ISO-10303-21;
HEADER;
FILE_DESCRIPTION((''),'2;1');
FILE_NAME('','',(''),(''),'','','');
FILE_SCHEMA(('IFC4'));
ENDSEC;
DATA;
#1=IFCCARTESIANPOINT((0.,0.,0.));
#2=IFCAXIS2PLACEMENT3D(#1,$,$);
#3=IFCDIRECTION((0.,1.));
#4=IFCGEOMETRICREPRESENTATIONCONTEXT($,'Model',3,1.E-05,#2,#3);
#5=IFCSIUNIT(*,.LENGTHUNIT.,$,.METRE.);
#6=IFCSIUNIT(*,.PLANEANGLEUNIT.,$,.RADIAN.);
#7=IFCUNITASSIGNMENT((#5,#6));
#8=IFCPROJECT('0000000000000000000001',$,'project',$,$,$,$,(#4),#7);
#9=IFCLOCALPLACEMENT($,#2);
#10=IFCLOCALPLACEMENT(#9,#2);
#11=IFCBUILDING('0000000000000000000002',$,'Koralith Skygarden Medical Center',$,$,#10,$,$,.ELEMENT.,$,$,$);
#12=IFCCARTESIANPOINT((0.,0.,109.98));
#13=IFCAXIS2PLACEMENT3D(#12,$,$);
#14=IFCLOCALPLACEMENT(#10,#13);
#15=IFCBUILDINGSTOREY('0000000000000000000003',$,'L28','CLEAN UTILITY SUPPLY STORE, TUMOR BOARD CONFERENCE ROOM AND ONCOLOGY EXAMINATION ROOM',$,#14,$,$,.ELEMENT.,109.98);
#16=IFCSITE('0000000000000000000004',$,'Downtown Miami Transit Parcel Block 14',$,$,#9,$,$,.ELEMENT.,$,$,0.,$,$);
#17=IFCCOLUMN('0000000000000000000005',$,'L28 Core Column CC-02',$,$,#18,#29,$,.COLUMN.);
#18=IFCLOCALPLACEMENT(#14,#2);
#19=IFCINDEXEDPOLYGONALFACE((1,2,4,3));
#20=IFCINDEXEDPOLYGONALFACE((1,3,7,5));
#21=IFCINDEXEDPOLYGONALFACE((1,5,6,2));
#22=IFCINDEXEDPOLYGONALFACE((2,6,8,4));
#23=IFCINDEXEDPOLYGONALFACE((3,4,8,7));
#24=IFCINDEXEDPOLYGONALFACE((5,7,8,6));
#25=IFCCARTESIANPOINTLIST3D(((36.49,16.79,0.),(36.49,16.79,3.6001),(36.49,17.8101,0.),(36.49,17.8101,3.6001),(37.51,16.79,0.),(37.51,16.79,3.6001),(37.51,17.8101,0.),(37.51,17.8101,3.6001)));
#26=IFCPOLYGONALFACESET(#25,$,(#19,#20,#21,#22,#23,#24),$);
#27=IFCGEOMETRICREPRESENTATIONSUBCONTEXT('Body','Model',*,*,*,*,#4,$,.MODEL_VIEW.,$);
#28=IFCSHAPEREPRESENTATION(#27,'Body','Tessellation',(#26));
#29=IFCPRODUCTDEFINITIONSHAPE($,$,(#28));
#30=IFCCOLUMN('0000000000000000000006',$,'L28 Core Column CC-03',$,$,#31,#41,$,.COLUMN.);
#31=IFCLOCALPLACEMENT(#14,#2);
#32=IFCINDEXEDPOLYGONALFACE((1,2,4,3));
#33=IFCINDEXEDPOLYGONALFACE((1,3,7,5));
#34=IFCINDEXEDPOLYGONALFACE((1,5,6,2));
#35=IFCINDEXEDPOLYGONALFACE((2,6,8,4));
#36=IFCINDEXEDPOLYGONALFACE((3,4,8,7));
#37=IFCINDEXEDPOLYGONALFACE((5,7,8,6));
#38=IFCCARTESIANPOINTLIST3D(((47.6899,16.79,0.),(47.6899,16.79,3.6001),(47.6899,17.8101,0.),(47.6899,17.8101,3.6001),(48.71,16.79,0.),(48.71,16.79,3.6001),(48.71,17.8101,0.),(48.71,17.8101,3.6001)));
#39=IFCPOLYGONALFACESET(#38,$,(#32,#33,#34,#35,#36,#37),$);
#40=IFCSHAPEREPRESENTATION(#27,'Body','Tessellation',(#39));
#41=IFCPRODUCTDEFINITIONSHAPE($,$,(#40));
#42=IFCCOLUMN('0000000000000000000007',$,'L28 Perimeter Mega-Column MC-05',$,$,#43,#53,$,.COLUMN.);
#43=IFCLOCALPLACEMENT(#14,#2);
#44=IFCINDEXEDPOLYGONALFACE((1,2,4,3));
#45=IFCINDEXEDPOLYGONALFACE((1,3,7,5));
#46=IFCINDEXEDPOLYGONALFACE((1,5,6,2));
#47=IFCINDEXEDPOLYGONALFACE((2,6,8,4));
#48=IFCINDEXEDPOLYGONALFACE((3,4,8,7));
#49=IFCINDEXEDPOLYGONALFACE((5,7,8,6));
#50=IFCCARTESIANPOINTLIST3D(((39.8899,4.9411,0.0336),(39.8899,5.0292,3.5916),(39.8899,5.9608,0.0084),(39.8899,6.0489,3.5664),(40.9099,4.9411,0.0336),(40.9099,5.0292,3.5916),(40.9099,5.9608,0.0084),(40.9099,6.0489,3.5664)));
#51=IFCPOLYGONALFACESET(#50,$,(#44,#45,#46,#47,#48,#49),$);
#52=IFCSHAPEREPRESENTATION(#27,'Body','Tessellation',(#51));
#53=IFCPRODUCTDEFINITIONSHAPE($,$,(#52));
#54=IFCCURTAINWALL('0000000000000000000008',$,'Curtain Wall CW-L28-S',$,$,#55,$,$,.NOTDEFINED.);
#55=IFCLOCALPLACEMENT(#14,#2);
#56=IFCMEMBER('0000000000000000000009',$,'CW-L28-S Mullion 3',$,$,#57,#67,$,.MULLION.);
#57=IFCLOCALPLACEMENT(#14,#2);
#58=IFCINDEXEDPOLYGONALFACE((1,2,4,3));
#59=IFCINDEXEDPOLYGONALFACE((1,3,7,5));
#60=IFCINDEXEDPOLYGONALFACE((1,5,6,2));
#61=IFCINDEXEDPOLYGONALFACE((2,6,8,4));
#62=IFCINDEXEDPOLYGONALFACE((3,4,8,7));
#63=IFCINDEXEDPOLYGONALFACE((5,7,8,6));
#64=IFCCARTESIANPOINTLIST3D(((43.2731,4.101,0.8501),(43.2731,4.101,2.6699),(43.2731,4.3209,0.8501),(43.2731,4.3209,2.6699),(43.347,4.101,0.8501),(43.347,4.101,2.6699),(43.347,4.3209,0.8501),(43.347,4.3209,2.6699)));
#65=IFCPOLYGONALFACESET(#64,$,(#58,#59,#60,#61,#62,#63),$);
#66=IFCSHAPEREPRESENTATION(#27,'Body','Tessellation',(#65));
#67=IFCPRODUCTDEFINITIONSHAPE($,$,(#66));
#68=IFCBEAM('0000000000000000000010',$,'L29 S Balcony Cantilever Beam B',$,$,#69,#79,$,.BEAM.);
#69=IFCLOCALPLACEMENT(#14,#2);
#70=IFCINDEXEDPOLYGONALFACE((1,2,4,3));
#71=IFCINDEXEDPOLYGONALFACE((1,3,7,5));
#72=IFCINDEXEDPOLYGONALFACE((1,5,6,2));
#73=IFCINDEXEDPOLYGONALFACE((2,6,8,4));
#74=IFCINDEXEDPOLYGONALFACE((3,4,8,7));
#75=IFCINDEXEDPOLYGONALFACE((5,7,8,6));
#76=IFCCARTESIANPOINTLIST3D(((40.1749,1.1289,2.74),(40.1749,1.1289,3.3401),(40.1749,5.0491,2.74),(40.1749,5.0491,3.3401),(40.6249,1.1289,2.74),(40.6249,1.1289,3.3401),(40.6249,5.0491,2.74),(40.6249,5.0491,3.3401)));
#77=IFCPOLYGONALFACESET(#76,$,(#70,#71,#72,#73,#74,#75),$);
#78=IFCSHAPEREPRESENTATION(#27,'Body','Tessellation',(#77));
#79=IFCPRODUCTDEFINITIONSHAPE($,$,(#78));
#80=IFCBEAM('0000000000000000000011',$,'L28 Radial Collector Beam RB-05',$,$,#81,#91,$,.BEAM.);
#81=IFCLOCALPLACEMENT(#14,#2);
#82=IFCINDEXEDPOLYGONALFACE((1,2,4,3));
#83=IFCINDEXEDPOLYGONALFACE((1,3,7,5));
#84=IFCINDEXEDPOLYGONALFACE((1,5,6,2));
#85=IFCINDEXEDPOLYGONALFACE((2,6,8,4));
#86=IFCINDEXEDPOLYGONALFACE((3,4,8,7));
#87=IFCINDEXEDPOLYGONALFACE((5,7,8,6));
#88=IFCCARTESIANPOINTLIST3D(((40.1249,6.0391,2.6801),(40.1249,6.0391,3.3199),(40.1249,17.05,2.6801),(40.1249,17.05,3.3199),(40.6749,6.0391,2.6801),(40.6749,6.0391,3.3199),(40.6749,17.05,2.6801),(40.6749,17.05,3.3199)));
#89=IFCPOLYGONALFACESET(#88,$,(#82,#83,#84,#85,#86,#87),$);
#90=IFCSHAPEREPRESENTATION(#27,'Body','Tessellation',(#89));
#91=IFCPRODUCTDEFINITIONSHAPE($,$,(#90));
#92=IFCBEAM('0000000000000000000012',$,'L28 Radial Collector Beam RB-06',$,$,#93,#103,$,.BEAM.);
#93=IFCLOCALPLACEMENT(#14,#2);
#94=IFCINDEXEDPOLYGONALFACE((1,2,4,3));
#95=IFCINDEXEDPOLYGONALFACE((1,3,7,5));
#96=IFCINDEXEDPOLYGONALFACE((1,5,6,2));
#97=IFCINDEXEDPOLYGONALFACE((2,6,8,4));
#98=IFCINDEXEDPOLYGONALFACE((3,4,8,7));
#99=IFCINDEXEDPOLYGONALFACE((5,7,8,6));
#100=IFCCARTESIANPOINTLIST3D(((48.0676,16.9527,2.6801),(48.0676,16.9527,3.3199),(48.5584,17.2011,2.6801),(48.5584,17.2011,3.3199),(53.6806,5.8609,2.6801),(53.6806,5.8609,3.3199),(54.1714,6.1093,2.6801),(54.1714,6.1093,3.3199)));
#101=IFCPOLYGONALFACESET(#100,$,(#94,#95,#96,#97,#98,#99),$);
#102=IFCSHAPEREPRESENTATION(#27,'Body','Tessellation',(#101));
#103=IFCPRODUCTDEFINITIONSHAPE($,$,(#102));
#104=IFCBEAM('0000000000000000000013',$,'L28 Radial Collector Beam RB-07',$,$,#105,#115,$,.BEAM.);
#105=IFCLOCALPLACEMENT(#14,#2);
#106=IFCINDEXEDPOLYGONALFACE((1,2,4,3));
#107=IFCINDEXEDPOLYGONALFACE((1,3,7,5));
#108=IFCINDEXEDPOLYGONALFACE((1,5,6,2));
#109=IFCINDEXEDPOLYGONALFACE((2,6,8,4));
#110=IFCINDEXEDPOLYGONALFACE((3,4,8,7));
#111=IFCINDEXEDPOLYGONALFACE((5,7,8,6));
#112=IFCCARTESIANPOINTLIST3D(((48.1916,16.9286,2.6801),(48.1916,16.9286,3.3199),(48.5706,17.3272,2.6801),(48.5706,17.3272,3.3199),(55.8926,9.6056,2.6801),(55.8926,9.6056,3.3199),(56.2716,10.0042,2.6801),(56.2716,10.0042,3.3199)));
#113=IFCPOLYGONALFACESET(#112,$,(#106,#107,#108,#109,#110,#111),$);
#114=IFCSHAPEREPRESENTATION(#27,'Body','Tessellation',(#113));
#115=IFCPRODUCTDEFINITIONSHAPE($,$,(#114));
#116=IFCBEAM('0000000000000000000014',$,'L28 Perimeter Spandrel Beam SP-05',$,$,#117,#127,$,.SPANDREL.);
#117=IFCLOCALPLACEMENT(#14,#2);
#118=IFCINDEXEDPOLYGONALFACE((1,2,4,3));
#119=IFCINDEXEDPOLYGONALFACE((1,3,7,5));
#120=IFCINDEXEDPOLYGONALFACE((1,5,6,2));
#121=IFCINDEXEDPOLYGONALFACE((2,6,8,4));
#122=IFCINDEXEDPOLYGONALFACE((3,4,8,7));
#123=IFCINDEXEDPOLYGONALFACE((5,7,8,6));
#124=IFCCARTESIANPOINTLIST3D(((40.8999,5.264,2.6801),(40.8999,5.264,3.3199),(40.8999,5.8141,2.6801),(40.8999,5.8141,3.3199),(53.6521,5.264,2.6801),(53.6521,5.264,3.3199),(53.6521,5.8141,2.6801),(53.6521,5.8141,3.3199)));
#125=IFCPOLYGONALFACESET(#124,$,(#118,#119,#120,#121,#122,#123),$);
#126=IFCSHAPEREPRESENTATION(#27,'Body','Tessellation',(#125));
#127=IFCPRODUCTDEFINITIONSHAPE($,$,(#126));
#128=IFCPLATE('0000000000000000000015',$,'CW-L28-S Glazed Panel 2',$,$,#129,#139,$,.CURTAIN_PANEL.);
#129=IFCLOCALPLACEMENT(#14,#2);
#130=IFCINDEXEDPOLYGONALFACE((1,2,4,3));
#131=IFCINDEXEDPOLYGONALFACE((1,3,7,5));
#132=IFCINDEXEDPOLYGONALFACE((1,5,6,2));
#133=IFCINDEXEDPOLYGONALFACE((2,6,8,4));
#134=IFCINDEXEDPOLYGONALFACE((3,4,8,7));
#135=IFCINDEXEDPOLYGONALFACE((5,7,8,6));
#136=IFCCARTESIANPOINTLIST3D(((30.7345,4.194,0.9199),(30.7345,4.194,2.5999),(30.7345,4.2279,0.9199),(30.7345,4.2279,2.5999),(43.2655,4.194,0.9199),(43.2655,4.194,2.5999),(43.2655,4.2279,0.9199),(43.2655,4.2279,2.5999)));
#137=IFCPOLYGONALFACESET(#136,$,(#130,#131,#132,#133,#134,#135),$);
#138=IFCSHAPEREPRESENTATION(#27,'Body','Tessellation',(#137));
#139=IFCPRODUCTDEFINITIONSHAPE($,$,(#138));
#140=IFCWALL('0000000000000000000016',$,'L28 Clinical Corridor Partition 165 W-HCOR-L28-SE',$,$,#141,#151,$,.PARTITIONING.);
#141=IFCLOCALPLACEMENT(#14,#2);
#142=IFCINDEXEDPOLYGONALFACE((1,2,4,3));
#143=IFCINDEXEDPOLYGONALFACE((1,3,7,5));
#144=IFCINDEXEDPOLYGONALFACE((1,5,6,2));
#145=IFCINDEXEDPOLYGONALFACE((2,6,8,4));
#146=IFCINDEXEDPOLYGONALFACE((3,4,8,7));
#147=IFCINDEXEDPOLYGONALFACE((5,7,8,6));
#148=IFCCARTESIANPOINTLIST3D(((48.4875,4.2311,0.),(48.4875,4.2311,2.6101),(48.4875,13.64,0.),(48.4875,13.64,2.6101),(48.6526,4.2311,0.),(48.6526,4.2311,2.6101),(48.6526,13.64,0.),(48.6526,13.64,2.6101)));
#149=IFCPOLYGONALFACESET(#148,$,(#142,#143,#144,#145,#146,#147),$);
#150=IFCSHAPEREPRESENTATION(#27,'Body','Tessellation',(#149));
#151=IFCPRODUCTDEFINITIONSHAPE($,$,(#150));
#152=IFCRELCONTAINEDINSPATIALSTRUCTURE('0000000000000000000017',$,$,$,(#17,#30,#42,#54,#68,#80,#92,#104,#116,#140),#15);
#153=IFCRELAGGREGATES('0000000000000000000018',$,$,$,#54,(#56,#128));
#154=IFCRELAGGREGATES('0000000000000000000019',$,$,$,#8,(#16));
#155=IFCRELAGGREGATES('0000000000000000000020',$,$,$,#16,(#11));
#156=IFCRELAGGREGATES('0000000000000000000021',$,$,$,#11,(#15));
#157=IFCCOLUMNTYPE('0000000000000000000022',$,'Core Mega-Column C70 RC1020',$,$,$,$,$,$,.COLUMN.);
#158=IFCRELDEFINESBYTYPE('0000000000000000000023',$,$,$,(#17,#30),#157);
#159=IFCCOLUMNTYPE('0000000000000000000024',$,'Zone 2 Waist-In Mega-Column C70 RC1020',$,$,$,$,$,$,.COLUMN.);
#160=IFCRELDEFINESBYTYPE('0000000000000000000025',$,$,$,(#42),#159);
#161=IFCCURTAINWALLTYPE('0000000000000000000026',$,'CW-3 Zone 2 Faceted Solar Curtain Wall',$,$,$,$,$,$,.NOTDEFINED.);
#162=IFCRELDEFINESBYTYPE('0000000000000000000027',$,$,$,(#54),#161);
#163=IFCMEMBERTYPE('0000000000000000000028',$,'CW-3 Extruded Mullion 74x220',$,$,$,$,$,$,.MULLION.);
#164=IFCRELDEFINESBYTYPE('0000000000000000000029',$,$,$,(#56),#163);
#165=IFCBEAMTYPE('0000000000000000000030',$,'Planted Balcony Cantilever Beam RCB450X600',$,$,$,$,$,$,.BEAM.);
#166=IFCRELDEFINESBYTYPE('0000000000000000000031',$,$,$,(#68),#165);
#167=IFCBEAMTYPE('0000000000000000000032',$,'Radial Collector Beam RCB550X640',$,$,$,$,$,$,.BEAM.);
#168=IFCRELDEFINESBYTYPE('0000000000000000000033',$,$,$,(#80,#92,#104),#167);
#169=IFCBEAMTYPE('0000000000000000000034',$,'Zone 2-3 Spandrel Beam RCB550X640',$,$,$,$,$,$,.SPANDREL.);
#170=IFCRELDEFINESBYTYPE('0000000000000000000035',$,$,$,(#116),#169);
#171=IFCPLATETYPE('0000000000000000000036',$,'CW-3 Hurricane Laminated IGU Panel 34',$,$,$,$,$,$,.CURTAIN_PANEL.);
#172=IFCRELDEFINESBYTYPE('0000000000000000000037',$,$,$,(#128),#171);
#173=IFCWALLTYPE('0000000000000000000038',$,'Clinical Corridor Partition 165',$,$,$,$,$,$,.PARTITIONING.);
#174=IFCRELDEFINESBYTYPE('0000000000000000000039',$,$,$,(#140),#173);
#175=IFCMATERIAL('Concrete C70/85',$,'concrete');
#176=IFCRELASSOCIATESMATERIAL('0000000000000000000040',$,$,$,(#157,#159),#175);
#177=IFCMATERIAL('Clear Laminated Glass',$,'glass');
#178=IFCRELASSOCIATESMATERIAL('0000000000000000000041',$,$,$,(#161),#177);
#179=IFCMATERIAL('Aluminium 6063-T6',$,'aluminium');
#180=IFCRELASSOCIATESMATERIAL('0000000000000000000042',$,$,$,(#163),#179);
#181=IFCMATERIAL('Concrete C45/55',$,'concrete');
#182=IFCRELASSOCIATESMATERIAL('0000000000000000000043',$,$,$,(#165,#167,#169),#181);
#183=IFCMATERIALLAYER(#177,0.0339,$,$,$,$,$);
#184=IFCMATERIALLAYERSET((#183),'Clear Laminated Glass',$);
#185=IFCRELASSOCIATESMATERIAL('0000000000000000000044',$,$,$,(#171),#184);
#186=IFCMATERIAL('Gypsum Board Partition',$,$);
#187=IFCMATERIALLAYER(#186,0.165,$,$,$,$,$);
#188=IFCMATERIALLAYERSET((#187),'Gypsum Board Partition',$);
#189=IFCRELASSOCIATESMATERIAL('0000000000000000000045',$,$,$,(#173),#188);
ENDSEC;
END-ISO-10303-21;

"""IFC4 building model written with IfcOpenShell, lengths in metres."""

from ifc_helpers import new_model, si_unit, direction, frame, frame_2d, origin, origin_2d, place, context, subcontext, project, spatial, rectangle, extrude, material, layer, layer_set, material_profile, profile_set, type_object, element, aggregate, save


model = new_model("IFC4")

# Units and contexts
model_context = context("Model", 3, precision=1e-05, world=origin(), true_north=direction((0.0, 1.0)))
body_context = subcontext(model_context, "Body", "Model", "MODEL_VIEW")
ifc_project = project(units=[si_unit("LENGTHUNIT", "METRE"), si_unit("PLANEANGLEUNIT", "RADIAN")], contexts=[model_context])

# Site, building, storey
site_placement = place(None, origin())
site = spatial("IfcSite", under=ifc_project, at=site_placement, Name="Downtown Miami Transit Parcel Block 14", CompositionType="ELEMENT", RefElevation=0.0)
building_placement = place(site_placement, origin())
building = spatial("IfcBuilding", under=site, at=building_placement, Name="Koralith Skygarden Medical Center", CompositionType="ELEMENT")
storey_placement = place(building_placement, frame((0.0, 0.0, 109.98)))
storey = spatial("IfcBuildingStorey", under=building, at=storey_placement, Name="L28", Description="CLEAN UTILITY SUPPLY STORE, TUMOR BOARD CONFERENCE ROOM AND ONCOLOGY EXAMINATION ROOM", CompositionType="ELEMENT", Elevation=109.98)

# Columns
ifc_material_1 = material(Name="Concrete C70/85", Category="concrete")
ifc_material_profile_1 = material_profile(ifc_material_1, rectangle(XDim=1.02, YDim=1.02, at=origin_2d()), Name="RC1020X1020")
ifc_profile_set_1 = profile_set([ifc_material_profile_1], Name="Concrete C70/85")
column_type_1 = type_object("IfcColumnType", Name="Core Mega-Column C70 RC1020", PredefinedType="COLUMN", material=ifc_profile_set_1)
for number, where, z_axis, x_axis, name in (
    (1, (37.0, 17.3, 0.0), (0.0, 0.0, 1.0), (1.0, 0.0, 0.0), "L28 Core Column CC-02"),
    (2, (48.2, 17.3, 0.0), (0.0, 0.0, 1.0), (1.0, 0.0, 0.0), "L28 Core Column CC-03"),
):
    element("IfcColumn", number, at=place(storey_placement, frame(where, z_axis=z_axis, x_axis=x_axis)), inside=storey, type_object=column_type_1, Name=name, PredefinedType="COLUMN", context=body_context, shape_type="SweptSolid", body=[
        extrude(rectangle(XDim=1.02, YDim=1.02, at=origin_2d()), origin(), (0.0, 0.0, 1.0), 3.6001),
    ])
ifc_material_profile_2 = material_profile(ifc_material_1, rectangle(XDim=1.02, YDim=1.02, at=origin_2d()), Name="RC1020X1020")
ifc_profile_set_2 = profile_set([ifc_material_profile_2], Name="Concrete C70/85")
column_type_2 = type_object("IfcColumnType", Name="Zone 2 Waist-In Mega-Column C70 RC1020", PredefinedType="COLUMN", material=ifc_profile_set_2)
column_placement = place(storey_placement, frame((40.3999, 5.4509, 0.021), z_axis=(0.0, 0.024763, 0.999693), x_axis=(-1.0, 0.0, 0.0)))
element("IfcColumn", 3, at=column_placement, inside=storey, type_object=column_type_2, Name="L28 Perimeter Mega-Column MC-05", PredefinedType="COLUMN", context=body_context, shape_type="SweptSolid", body=[
    extrude(rectangle(XDim=1.02, YDim=1.02, at=origin_2d()), origin(), (0.0, 0.0, 1.0), 3.5591),
])

# Curtain wall, member
ifc_material_2 = material(Name="Clear Laminated Glass", Category="glass")
curtain_wall_type = type_object("IfcCurtainWallType", Name="CW-3 Zone 2 Faceted Solar Curtain Wall", PredefinedType="NOTDEFINED", material=ifc_material_2)
curtain_wall_placement = place(storey_placement, origin())
curtain_wall = element("IfcCurtainWall", 4, at=curtain_wall_placement, inside=storey, type_object=curtain_wall_type, Name="Curtain Wall CW-L28-S", PredefinedType="NOTDEFINED")
ifc_material_3 = material(Name="Aluminium 6063-T6", Category="aluminium")
ifc_material_profile_3 = material_profile(ifc_material_3, rectangle(XDim=0.074, YDim=0.22, at=origin_2d()), Name="MUL74X220")
ifc_profile_set_3 = profile_set([ifc_material_profile_3], Name="Aluminium 6063-T6")
member_type = type_object("IfcMemberType", Name="CW-3 Extruded Mullion 74x220", PredefinedType="MULLION", material=ifc_profile_set_3)
member_placement = place(storey_placement, frame((43.3101, 4.2109, 0.8501), z_axis=(0.0, 0.0, 1.0), x_axis=(1.0, 0.0, 0.0)))
member = element("IfcMember", 5, at=member_placement, type_object=member_type, Name="CW-L28-S Mullion 3", PredefinedType="MULLION", context=body_context, shape_type="SweptSolid", body=[
    extrude(rectangle(XDim=0.074, YDim=0.22, at=origin_2d()), origin(), (0.0, 0.0, 1.0), 1.8198),
])

# Beams
ifc_material_4 = material(Name="Concrete C45/55", Category="concrete")
ifc_material_profile_4 = material_profile(ifc_material_4, rectangle(XDim=0.45, YDim=0.6001, at=origin_2d()), Name="RCB450X600")
ifc_profile_set_4 = profile_set([ifc_material_profile_4], Name="Concrete C45/55")
beam_type_1 = type_object("IfcBeamType", Name="Planted Balcony Cantilever Beam RCB450X600", PredefinedType="BEAM", material=ifc_profile_set_4)
beam_1_placement = place(storey_placement, frame((40.3999, 5.0491, 3.04), z_axis=(0.0, -1.0, 0.0), x_axis=(1.0, 0.0, 0.0)))
element("IfcBeam", 6, at=beam_1_placement, inside=storey, type_object=beam_type_1, Name="L29 S Balcony Cantilever Beam B", PredefinedType="BEAM", context=body_context, shape_type="SweptSolid", body=[
    extrude(rectangle(XDim=0.45, YDim=0.6001, at=origin_2d()), origin(), (0.0, 0.0, 1.0), 3.9202),
])
ifc_material_profile_5 = material_profile(ifc_material_4, rectangle(XDim=0.55, YDim=0.6399, at=origin_2d()), Name="RCB550X640")
ifc_profile_set_5 = profile_set([ifc_material_profile_5], Name="Concrete C45/55")
beam_type_2 = type_object("IfcBeamType", Name="Radial Collector Beam RCB550X640", PredefinedType="BEAM", material=ifc_profile_set_5)
beam_2_placement = place(storey_placement, frame((40.3999, 17.05, 3.0), z_axis=(0.0, -1.0, 0.0), x_axis=(1.0, 0.0, 0.0)))
element("IfcBeam", 7, at=beam_2_placement, inside=storey, type_object=beam_type_2, Name="L28 Radial Collector Beam RB-05", PredefinedType="BEAM", context=body_context, shape_type="SweptSolid", body=[
    extrude(rectangle(XDim=0.55, YDim=0.6399, at=origin_2d()), origin(), (0.0, 0.0, 1.0), 11.011),
])
beam_3_placement = place(storey_placement, frame((48.313, 17.0769, 3.0), z_axis=(0.451529, -0.892256, 0.0), x_axis=(0.892256, 0.451529, 0.0)))
element("IfcBeam", 8, at=beam_3_placement, inside=storey, type_object=beam_type_2, Name="L28 Radial Collector Beam RB-06", PredefinedType="BEAM", context=body_context, shape_type="SweptSolid", body=[
    extrude(rectangle(XDim=0.55, YDim=0.6399, at=origin_2d()), origin(), (0.0, 0.0, 1.0), 12.4312),
])
beam_4_placement = place(storey_placement, frame((48.3811, 17.1279, 3.0), z_axis=(0.724665, -0.689101, 0.0), x_axis=(0.689101, 0.724665, 0.0)))
element("IfcBeam", 9, at=beam_4_placement, inside=storey, type_object=beam_type_2, Name="L28 Radial Collector Beam RB-07", PredefinedType="BEAM", context=body_context, shape_type="SweptSolid", body=[
    extrude(rectangle(XDim=0.55, YDim=0.6399, at=origin_2d()), origin(), (0.0, 0.0, 1.0), 10.627),
])
ifc_material_profile_6 = material_profile(ifc_material_4, rectangle(XDim=0.55, YDim=0.6399, at=origin_2d()), Name="RCB550X640")
ifc_profile_set_6 = profile_set([ifc_material_profile_6], Name="Concrete C45/55")
beam_type_3 = type_object("IfcBeamType", Name="Zone 2-3 Spandrel Beam RCB550X640", PredefinedType="SPANDREL", material=ifc_profile_set_6)
beam_5_placement = place(storey_placement, frame((40.8999, 5.5391, 3.0), z_axis=(1.0, 0.0, 0.0), x_axis=(0.0, 1.0, 0.0)))
element("IfcBeam", 10, at=beam_5_placement, inside=storey, type_object=beam_type_3, Name="L28 Perimeter Spandrel Beam SP-05", PredefinedType="SPANDREL", context=body_context, shape_type="SweptSolid", body=[
    extrude(rectangle(XDim=0.55, YDim=0.6399, at=origin_2d()), origin(), (0.0, 0.0, 1.0), 12.7522),
])

# Plate
ifc_layer_1 = layer(ifc_material_2, 0.0339)
ifc_layer_set_1 = layer_set([ifc_layer_1], Name="Clear Laminated Glass")
plate_type = type_object("IfcPlateType", Name="CW-3 Hurricane Laminated IGU Panel 34", PredefinedType="CURTAIN_PANEL", material=ifc_layer_set_1)
plate_placement = place(storey_placement, frame((37.0, 4.2109, 0.9199), z_axis=(0.0, 0.0, 1.0), x_axis=(1.0, 0.0, 0.0)))
plate = element("IfcPlate", 11, at=plate_placement, type_object=plate_type, Name="CW-L28-S Glazed Panel 2", PredefinedType="CURTAIN_PANEL", context=body_context, shape_type="SweptSolid", body=[
    extrude(rectangle(XDim=12.531, YDim=0.0339, at=origin_2d()), origin(), (0.0, 0.0, 1.0), 1.6799),
])
aggregate(curtain_wall, [member, plate])

# Wall
ifc_material_5 = material(Name="Gypsum Board Partition")
ifc_layer_2 = layer(ifc_material_5, 0.165)
ifc_layer_set_2 = layer_set([ifc_layer_2], Name="Gypsum Board Partition")
wall_type_1 = type_object("IfcWallType", Name="Clinical Corridor Partition 165", PredefinedType="PARTITIONING", material=ifc_layer_set_2)
wall_1_placement = place(storey_placement, frame((48.5701, 4.231, 0.0), z_axis=(0.0, 0.0, 1.0), x_axis=(0.0, 1.0, 0.0)))
element("IfcWall", 12, at=wall_1_placement, inside=storey, type_object=wall_type_1, Name="L28 Clinical Corridor Partition 165 W-HCOR-L28-SE", PredefinedType="PARTITIONING", context=body_context, shape_type="SweptSolid", body=[
    extrude(rectangle(XDim=9.4089, YDim=0.165, at=frame_2d((4.7046, 0.0))), origin(), (0.0, 0.0, 1.0), 2.6101),
])

save(model, "model.ifc")
